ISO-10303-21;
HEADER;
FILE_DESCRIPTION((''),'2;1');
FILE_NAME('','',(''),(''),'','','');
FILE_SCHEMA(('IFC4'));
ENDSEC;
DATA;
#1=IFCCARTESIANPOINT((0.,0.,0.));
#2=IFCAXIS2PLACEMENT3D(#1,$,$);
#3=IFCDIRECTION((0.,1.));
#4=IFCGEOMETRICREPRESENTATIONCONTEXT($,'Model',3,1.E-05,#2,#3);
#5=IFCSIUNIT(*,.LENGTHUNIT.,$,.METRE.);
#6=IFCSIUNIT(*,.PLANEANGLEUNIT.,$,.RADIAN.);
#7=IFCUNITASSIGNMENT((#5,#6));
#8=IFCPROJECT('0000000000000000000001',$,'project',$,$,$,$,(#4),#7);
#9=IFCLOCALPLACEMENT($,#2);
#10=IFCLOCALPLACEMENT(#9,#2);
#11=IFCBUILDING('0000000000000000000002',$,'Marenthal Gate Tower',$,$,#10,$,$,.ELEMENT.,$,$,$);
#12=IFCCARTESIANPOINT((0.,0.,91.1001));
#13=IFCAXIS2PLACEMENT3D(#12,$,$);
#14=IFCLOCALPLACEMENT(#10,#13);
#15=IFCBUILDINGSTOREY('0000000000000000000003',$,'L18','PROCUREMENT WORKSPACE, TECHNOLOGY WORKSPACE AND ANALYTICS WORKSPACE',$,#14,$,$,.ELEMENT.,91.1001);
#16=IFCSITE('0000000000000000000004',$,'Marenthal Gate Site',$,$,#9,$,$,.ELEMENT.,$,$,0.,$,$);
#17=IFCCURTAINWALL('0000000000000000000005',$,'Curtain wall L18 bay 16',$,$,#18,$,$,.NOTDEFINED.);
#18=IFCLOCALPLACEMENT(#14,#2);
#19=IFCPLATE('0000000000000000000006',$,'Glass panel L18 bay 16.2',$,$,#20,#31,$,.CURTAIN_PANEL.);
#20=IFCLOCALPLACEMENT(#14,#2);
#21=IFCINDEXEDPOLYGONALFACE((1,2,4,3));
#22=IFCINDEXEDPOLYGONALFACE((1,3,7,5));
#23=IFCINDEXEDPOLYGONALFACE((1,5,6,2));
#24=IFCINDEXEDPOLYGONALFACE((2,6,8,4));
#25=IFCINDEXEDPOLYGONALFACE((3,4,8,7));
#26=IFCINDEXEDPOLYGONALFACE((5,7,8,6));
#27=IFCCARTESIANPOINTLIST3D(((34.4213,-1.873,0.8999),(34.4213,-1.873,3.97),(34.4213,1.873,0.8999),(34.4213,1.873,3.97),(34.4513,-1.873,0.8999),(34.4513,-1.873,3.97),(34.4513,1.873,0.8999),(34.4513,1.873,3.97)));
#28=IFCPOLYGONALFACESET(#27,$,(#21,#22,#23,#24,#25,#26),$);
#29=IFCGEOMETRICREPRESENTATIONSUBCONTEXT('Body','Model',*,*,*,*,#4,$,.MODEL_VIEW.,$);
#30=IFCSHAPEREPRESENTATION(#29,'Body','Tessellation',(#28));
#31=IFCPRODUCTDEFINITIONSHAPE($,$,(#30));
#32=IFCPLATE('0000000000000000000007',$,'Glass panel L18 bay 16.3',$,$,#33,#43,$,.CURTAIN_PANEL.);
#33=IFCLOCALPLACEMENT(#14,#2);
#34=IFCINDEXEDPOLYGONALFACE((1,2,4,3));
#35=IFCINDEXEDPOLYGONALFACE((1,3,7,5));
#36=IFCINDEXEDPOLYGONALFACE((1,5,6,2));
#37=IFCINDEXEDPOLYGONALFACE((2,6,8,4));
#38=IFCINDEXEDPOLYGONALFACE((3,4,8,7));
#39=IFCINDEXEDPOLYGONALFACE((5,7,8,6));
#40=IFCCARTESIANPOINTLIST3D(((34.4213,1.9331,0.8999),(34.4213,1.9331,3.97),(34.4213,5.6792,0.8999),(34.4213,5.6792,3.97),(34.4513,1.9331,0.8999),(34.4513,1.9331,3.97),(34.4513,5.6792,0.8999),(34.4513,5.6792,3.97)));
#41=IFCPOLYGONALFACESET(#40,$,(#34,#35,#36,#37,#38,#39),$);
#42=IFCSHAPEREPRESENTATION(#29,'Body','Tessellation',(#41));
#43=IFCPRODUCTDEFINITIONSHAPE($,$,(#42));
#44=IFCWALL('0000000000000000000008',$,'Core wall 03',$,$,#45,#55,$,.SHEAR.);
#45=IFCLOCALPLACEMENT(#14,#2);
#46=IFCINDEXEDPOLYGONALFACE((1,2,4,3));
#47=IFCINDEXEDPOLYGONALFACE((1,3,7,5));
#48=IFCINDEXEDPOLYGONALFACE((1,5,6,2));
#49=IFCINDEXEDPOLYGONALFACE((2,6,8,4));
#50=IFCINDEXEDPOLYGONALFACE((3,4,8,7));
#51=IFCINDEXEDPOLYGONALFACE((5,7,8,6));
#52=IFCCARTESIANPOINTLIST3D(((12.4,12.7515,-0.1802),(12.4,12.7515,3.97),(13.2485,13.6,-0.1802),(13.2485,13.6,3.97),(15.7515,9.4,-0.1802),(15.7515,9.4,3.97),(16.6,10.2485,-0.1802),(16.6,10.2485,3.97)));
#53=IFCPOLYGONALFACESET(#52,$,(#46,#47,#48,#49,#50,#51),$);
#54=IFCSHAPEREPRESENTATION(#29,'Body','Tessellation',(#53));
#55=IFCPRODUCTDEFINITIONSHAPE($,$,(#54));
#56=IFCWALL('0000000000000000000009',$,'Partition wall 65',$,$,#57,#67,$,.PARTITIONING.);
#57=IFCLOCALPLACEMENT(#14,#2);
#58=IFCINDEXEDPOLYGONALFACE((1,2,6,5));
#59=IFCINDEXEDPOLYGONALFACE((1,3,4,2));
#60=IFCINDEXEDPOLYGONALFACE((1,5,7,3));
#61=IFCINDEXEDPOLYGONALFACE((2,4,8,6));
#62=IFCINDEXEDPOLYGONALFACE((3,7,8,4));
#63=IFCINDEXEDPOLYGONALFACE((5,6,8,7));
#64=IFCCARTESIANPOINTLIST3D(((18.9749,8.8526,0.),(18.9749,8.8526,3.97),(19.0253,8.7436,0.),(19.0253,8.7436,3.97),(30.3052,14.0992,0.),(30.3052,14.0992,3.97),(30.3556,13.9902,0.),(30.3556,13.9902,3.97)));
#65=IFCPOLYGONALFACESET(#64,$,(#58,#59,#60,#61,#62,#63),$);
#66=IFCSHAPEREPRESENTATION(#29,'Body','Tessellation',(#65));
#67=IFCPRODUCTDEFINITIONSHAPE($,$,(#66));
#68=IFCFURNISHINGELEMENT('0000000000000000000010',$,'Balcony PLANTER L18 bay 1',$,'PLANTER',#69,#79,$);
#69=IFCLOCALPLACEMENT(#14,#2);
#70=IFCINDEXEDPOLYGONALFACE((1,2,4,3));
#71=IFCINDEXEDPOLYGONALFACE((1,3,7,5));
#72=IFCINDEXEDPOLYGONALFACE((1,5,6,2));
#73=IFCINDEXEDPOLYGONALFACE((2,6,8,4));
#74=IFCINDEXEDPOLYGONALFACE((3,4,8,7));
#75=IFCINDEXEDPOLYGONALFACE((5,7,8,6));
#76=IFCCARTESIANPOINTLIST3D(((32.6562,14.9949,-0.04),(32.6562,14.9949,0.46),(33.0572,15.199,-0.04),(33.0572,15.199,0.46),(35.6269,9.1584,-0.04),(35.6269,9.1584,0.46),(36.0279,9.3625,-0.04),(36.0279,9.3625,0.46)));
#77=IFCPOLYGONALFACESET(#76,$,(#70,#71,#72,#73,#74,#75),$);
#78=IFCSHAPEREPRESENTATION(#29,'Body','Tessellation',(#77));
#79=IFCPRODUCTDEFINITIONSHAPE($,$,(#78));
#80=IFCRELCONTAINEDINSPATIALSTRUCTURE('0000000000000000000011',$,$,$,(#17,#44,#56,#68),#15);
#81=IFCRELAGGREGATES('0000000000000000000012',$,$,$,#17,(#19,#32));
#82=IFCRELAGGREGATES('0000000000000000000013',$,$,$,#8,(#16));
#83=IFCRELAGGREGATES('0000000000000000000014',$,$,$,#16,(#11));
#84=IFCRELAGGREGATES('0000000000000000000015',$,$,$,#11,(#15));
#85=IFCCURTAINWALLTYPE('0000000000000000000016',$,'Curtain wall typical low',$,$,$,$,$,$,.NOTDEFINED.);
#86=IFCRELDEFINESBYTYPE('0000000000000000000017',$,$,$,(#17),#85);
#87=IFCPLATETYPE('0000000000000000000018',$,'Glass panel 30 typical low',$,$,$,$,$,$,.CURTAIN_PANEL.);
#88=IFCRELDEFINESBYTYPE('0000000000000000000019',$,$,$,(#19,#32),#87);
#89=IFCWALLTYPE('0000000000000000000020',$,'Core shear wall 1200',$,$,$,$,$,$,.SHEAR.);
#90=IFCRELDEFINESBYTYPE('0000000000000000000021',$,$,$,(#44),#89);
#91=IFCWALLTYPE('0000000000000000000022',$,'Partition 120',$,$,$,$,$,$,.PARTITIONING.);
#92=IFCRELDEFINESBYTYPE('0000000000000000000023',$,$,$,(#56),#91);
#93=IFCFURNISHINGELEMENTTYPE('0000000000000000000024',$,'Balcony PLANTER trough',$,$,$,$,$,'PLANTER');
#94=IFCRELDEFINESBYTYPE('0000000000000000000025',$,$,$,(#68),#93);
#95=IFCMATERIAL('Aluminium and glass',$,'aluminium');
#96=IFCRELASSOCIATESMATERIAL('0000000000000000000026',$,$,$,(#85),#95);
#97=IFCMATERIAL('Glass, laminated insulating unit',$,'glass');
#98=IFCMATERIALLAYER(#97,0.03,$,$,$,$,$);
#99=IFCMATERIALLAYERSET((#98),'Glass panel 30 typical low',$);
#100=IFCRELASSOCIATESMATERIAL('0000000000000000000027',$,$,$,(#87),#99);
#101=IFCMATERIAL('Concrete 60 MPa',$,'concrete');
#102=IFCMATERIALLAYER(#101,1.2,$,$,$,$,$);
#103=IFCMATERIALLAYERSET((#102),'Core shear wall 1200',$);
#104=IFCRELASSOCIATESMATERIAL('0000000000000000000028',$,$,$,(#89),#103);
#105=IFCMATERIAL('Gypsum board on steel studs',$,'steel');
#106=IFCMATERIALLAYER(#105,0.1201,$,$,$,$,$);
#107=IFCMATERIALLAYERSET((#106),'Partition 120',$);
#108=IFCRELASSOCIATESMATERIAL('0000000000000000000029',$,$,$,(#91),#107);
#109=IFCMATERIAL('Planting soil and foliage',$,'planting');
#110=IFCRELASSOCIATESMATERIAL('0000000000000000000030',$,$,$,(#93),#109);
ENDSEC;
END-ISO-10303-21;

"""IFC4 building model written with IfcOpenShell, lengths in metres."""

from ifc_helpers import new_model, si_unit, direction, frame, frame_2d, origin, origin_2d, place, context, subcontext, project, spatial, rectangle, extrude, material, layer, layer_set, type_object, element, aggregate, save


model = new_model("IFC4")

# Units and contexts
model_context = context("Model", 3, precision=1e-05, world=origin(), true_north=direction((0.0, 1.0)))
body_context = subcontext(model_context, "Body", "Model", "MODEL_VIEW")
ifc_project = project(units=[si_unit("LENGTHUNIT", "METRE"), si_unit("PLANEANGLEUNIT", "RADIAN")], contexts=[model_context])

# Site, building, storey
site_placement = place(None, origin())
site = spatial("IfcSite", under=ifc_project, at=site_placement, Name="Marenthal Gate Site", CompositionType="ELEMENT", RefElevation=0.0)
building_placement = place(site_placement, origin())
building = spatial("IfcBuilding", under=site, at=building_placement, Name="Marenthal Gate Tower", CompositionType="ELEMENT")
storey_placement = place(building_placement, frame((0.0, 0.0, 91.1001)))
storey = spatial("IfcBuildingStorey", under=building, at=storey_placement, Name="L18", Description="PROCUREMENT WORKSPACE, TECHNOLOGY WORKSPACE AND ANALYTICS WORKSPACE", CompositionType="ELEMENT", Elevation=91.1001)

# Curtain wall
ifc_material_1 = material(Name="Aluminium and glass", Category="aluminium")
curtain_wall_type = type_object("IfcCurtainWallType", Name="Curtain wall typical low", PredefinedType="NOTDEFINED", material=ifc_material_1)
curtain_wall_placement = place(storey_placement, origin())
curtain_wall = element("IfcCurtainWall", 1, at=curtain_wall_placement, inside=storey, type_object=curtain_wall_type, Name="Curtain wall L18 bay 16", PredefinedType="NOTDEFINED")

# Plates
ifc_material_2 = material(Name="Glass, laminated insulating unit", Category="glass")
ifc_layer_1 = layer(ifc_material_2, 0.03)
ifc_layer_set_1 = layer_set([ifc_layer_1], Name="Glass panel 30 typical low")
plate_type = type_object("IfcPlateType", Name="Glass panel 30 typical low", PredefinedType="CURTAIN_PANEL", material=ifc_layer_set_1)
plate_1_placement = place(storey_placement, frame((34.4363, 0.0, 0.8999), z_axis=(0.0, 0.0, 1.0), x_axis=(0.0, 1.0, 0.0)))
plate_1 = element("IfcPlate", 2, at=plate_1_placement, type_object=plate_type, Name="Glass panel L18 bay 16.2", PredefinedType="CURTAIN_PANEL", context=body_context, shape_type="SweptSolid", body=[
    extrude(rectangle(XDim=3.7461, YDim=0.03, at=origin_2d()), origin(), (0.0, 0.0, 1.0), 3.0701),
])
plate_2_placement = place(storey_placement, frame((34.4363, 3.8062, 0.8999), z_axis=(0.0, 0.0, 1.0), x_axis=(0.0, 1.0, 0.0)))
plate_2 = element("IfcPlate", 3, at=plate_2_placement, type_object=plate_type, Name="Glass panel L18 bay 16.3", PredefinedType="CURTAIN_PANEL", context=body_context, shape_type="SweptSolid", body=[
    extrude(rectangle(XDim=3.7461, YDim=0.03, at=origin_2d()), origin(), (0.0, 0.0, 1.0), 3.0701),
])
aggregate(curtain_wall, [plate_1, plate_2])

# Walls
ifc_material_3 = material(Name="Concrete 60 MPa", Category="concrete")
ifc_layer_2 = layer(ifc_material_3, 1.2)
ifc_layer_set_2 = layer_set([ifc_layer_2], Name="Core shear wall 1200")
wall_type_1 = type_object("IfcWallType", Name="Core shear wall 1200", PredefinedType="SHEAR", material=ifc_layer_set_2)
wall_1_placement = place(storey_placement, frame((16.1758, 9.8242, -0.1802), z_axis=(0.0, 0.0, 1.0), x_axis=(-0.707107, 0.707107, 0.0)))
element("IfcWall", 4, at=wall_1_placement, inside=storey, type_object=wall_type_1, Name="Core wall 03", PredefinedType="SHEAR", context=body_context, shape_type="SweptSolid", body=[
    extrude(rectangle(XDim=4.7397, YDim=1.2, at=frame_2d((2.3699, 0.0))), origin(), (0.0, 0.0, 1.0), 4.1501),
])
ifc_material_4 = material(Name="Gypsum board on steel studs", Category="steel")
ifc_layer_3 = layer(ifc_material_4, 0.1201)
ifc_layer_set_3 = layer_set([ifc_layer_3], Name="Partition 120")
wall_type_2 = type_object("IfcWallType", Name="Partition 120", PredefinedType="PARTITIONING", material=ifc_layer_set_3)
wall_2_placement = place(storey_placement, frame((19.0, 8.7981, 0.0), z_axis=(0.0, 0.0, 1.0), x_axis=(0.907434, 0.420194, 0.0)))
element("IfcWall", 5, at=wall_2_placement, inside=storey, type_object=wall_type_2, Name="Partition wall 65", PredefinedType="PARTITIONING", context=body_context, shape_type="SweptSolid", body=[
    extrude(rectangle(XDim=12.4861, YDim=0.1201, at=frame_2d((6.2432, 0.0))), origin(), (0.0, 0.0, 1.0), 3.97),
])

# Furnishing element
ifc_material_5 = material(Name="Planting soil and foliage", Category="planting")
furnishing_element_type = type_object("IfcFurnishingElementType", Name="Balcony PLANTER trough", ElementType="PLANTER", material=ifc_material_5)
furnishing_placement = place(storey_placement, frame((34.342, 12.1787, -0.04), z_axis=(0.0, 0.0, 1.0), x_axis=(-0.453616, 0.891197, 0.0)))
element("IfcFurnishingElement", 6, at=furnishing_placement, inside=storey, type_object=furnishing_element_type, Name="Balcony PLANTER L18 bay 1", ObjectType="PLANTER", context=body_context, shape_type="SweptSolid", body=[
    extrude(rectangle(XDim=6.5491, YDim=0.45, at=origin_2d()), origin(), (0.0, 0.0, 1.0), 0.5),
])

save(model, "model.ifc")
